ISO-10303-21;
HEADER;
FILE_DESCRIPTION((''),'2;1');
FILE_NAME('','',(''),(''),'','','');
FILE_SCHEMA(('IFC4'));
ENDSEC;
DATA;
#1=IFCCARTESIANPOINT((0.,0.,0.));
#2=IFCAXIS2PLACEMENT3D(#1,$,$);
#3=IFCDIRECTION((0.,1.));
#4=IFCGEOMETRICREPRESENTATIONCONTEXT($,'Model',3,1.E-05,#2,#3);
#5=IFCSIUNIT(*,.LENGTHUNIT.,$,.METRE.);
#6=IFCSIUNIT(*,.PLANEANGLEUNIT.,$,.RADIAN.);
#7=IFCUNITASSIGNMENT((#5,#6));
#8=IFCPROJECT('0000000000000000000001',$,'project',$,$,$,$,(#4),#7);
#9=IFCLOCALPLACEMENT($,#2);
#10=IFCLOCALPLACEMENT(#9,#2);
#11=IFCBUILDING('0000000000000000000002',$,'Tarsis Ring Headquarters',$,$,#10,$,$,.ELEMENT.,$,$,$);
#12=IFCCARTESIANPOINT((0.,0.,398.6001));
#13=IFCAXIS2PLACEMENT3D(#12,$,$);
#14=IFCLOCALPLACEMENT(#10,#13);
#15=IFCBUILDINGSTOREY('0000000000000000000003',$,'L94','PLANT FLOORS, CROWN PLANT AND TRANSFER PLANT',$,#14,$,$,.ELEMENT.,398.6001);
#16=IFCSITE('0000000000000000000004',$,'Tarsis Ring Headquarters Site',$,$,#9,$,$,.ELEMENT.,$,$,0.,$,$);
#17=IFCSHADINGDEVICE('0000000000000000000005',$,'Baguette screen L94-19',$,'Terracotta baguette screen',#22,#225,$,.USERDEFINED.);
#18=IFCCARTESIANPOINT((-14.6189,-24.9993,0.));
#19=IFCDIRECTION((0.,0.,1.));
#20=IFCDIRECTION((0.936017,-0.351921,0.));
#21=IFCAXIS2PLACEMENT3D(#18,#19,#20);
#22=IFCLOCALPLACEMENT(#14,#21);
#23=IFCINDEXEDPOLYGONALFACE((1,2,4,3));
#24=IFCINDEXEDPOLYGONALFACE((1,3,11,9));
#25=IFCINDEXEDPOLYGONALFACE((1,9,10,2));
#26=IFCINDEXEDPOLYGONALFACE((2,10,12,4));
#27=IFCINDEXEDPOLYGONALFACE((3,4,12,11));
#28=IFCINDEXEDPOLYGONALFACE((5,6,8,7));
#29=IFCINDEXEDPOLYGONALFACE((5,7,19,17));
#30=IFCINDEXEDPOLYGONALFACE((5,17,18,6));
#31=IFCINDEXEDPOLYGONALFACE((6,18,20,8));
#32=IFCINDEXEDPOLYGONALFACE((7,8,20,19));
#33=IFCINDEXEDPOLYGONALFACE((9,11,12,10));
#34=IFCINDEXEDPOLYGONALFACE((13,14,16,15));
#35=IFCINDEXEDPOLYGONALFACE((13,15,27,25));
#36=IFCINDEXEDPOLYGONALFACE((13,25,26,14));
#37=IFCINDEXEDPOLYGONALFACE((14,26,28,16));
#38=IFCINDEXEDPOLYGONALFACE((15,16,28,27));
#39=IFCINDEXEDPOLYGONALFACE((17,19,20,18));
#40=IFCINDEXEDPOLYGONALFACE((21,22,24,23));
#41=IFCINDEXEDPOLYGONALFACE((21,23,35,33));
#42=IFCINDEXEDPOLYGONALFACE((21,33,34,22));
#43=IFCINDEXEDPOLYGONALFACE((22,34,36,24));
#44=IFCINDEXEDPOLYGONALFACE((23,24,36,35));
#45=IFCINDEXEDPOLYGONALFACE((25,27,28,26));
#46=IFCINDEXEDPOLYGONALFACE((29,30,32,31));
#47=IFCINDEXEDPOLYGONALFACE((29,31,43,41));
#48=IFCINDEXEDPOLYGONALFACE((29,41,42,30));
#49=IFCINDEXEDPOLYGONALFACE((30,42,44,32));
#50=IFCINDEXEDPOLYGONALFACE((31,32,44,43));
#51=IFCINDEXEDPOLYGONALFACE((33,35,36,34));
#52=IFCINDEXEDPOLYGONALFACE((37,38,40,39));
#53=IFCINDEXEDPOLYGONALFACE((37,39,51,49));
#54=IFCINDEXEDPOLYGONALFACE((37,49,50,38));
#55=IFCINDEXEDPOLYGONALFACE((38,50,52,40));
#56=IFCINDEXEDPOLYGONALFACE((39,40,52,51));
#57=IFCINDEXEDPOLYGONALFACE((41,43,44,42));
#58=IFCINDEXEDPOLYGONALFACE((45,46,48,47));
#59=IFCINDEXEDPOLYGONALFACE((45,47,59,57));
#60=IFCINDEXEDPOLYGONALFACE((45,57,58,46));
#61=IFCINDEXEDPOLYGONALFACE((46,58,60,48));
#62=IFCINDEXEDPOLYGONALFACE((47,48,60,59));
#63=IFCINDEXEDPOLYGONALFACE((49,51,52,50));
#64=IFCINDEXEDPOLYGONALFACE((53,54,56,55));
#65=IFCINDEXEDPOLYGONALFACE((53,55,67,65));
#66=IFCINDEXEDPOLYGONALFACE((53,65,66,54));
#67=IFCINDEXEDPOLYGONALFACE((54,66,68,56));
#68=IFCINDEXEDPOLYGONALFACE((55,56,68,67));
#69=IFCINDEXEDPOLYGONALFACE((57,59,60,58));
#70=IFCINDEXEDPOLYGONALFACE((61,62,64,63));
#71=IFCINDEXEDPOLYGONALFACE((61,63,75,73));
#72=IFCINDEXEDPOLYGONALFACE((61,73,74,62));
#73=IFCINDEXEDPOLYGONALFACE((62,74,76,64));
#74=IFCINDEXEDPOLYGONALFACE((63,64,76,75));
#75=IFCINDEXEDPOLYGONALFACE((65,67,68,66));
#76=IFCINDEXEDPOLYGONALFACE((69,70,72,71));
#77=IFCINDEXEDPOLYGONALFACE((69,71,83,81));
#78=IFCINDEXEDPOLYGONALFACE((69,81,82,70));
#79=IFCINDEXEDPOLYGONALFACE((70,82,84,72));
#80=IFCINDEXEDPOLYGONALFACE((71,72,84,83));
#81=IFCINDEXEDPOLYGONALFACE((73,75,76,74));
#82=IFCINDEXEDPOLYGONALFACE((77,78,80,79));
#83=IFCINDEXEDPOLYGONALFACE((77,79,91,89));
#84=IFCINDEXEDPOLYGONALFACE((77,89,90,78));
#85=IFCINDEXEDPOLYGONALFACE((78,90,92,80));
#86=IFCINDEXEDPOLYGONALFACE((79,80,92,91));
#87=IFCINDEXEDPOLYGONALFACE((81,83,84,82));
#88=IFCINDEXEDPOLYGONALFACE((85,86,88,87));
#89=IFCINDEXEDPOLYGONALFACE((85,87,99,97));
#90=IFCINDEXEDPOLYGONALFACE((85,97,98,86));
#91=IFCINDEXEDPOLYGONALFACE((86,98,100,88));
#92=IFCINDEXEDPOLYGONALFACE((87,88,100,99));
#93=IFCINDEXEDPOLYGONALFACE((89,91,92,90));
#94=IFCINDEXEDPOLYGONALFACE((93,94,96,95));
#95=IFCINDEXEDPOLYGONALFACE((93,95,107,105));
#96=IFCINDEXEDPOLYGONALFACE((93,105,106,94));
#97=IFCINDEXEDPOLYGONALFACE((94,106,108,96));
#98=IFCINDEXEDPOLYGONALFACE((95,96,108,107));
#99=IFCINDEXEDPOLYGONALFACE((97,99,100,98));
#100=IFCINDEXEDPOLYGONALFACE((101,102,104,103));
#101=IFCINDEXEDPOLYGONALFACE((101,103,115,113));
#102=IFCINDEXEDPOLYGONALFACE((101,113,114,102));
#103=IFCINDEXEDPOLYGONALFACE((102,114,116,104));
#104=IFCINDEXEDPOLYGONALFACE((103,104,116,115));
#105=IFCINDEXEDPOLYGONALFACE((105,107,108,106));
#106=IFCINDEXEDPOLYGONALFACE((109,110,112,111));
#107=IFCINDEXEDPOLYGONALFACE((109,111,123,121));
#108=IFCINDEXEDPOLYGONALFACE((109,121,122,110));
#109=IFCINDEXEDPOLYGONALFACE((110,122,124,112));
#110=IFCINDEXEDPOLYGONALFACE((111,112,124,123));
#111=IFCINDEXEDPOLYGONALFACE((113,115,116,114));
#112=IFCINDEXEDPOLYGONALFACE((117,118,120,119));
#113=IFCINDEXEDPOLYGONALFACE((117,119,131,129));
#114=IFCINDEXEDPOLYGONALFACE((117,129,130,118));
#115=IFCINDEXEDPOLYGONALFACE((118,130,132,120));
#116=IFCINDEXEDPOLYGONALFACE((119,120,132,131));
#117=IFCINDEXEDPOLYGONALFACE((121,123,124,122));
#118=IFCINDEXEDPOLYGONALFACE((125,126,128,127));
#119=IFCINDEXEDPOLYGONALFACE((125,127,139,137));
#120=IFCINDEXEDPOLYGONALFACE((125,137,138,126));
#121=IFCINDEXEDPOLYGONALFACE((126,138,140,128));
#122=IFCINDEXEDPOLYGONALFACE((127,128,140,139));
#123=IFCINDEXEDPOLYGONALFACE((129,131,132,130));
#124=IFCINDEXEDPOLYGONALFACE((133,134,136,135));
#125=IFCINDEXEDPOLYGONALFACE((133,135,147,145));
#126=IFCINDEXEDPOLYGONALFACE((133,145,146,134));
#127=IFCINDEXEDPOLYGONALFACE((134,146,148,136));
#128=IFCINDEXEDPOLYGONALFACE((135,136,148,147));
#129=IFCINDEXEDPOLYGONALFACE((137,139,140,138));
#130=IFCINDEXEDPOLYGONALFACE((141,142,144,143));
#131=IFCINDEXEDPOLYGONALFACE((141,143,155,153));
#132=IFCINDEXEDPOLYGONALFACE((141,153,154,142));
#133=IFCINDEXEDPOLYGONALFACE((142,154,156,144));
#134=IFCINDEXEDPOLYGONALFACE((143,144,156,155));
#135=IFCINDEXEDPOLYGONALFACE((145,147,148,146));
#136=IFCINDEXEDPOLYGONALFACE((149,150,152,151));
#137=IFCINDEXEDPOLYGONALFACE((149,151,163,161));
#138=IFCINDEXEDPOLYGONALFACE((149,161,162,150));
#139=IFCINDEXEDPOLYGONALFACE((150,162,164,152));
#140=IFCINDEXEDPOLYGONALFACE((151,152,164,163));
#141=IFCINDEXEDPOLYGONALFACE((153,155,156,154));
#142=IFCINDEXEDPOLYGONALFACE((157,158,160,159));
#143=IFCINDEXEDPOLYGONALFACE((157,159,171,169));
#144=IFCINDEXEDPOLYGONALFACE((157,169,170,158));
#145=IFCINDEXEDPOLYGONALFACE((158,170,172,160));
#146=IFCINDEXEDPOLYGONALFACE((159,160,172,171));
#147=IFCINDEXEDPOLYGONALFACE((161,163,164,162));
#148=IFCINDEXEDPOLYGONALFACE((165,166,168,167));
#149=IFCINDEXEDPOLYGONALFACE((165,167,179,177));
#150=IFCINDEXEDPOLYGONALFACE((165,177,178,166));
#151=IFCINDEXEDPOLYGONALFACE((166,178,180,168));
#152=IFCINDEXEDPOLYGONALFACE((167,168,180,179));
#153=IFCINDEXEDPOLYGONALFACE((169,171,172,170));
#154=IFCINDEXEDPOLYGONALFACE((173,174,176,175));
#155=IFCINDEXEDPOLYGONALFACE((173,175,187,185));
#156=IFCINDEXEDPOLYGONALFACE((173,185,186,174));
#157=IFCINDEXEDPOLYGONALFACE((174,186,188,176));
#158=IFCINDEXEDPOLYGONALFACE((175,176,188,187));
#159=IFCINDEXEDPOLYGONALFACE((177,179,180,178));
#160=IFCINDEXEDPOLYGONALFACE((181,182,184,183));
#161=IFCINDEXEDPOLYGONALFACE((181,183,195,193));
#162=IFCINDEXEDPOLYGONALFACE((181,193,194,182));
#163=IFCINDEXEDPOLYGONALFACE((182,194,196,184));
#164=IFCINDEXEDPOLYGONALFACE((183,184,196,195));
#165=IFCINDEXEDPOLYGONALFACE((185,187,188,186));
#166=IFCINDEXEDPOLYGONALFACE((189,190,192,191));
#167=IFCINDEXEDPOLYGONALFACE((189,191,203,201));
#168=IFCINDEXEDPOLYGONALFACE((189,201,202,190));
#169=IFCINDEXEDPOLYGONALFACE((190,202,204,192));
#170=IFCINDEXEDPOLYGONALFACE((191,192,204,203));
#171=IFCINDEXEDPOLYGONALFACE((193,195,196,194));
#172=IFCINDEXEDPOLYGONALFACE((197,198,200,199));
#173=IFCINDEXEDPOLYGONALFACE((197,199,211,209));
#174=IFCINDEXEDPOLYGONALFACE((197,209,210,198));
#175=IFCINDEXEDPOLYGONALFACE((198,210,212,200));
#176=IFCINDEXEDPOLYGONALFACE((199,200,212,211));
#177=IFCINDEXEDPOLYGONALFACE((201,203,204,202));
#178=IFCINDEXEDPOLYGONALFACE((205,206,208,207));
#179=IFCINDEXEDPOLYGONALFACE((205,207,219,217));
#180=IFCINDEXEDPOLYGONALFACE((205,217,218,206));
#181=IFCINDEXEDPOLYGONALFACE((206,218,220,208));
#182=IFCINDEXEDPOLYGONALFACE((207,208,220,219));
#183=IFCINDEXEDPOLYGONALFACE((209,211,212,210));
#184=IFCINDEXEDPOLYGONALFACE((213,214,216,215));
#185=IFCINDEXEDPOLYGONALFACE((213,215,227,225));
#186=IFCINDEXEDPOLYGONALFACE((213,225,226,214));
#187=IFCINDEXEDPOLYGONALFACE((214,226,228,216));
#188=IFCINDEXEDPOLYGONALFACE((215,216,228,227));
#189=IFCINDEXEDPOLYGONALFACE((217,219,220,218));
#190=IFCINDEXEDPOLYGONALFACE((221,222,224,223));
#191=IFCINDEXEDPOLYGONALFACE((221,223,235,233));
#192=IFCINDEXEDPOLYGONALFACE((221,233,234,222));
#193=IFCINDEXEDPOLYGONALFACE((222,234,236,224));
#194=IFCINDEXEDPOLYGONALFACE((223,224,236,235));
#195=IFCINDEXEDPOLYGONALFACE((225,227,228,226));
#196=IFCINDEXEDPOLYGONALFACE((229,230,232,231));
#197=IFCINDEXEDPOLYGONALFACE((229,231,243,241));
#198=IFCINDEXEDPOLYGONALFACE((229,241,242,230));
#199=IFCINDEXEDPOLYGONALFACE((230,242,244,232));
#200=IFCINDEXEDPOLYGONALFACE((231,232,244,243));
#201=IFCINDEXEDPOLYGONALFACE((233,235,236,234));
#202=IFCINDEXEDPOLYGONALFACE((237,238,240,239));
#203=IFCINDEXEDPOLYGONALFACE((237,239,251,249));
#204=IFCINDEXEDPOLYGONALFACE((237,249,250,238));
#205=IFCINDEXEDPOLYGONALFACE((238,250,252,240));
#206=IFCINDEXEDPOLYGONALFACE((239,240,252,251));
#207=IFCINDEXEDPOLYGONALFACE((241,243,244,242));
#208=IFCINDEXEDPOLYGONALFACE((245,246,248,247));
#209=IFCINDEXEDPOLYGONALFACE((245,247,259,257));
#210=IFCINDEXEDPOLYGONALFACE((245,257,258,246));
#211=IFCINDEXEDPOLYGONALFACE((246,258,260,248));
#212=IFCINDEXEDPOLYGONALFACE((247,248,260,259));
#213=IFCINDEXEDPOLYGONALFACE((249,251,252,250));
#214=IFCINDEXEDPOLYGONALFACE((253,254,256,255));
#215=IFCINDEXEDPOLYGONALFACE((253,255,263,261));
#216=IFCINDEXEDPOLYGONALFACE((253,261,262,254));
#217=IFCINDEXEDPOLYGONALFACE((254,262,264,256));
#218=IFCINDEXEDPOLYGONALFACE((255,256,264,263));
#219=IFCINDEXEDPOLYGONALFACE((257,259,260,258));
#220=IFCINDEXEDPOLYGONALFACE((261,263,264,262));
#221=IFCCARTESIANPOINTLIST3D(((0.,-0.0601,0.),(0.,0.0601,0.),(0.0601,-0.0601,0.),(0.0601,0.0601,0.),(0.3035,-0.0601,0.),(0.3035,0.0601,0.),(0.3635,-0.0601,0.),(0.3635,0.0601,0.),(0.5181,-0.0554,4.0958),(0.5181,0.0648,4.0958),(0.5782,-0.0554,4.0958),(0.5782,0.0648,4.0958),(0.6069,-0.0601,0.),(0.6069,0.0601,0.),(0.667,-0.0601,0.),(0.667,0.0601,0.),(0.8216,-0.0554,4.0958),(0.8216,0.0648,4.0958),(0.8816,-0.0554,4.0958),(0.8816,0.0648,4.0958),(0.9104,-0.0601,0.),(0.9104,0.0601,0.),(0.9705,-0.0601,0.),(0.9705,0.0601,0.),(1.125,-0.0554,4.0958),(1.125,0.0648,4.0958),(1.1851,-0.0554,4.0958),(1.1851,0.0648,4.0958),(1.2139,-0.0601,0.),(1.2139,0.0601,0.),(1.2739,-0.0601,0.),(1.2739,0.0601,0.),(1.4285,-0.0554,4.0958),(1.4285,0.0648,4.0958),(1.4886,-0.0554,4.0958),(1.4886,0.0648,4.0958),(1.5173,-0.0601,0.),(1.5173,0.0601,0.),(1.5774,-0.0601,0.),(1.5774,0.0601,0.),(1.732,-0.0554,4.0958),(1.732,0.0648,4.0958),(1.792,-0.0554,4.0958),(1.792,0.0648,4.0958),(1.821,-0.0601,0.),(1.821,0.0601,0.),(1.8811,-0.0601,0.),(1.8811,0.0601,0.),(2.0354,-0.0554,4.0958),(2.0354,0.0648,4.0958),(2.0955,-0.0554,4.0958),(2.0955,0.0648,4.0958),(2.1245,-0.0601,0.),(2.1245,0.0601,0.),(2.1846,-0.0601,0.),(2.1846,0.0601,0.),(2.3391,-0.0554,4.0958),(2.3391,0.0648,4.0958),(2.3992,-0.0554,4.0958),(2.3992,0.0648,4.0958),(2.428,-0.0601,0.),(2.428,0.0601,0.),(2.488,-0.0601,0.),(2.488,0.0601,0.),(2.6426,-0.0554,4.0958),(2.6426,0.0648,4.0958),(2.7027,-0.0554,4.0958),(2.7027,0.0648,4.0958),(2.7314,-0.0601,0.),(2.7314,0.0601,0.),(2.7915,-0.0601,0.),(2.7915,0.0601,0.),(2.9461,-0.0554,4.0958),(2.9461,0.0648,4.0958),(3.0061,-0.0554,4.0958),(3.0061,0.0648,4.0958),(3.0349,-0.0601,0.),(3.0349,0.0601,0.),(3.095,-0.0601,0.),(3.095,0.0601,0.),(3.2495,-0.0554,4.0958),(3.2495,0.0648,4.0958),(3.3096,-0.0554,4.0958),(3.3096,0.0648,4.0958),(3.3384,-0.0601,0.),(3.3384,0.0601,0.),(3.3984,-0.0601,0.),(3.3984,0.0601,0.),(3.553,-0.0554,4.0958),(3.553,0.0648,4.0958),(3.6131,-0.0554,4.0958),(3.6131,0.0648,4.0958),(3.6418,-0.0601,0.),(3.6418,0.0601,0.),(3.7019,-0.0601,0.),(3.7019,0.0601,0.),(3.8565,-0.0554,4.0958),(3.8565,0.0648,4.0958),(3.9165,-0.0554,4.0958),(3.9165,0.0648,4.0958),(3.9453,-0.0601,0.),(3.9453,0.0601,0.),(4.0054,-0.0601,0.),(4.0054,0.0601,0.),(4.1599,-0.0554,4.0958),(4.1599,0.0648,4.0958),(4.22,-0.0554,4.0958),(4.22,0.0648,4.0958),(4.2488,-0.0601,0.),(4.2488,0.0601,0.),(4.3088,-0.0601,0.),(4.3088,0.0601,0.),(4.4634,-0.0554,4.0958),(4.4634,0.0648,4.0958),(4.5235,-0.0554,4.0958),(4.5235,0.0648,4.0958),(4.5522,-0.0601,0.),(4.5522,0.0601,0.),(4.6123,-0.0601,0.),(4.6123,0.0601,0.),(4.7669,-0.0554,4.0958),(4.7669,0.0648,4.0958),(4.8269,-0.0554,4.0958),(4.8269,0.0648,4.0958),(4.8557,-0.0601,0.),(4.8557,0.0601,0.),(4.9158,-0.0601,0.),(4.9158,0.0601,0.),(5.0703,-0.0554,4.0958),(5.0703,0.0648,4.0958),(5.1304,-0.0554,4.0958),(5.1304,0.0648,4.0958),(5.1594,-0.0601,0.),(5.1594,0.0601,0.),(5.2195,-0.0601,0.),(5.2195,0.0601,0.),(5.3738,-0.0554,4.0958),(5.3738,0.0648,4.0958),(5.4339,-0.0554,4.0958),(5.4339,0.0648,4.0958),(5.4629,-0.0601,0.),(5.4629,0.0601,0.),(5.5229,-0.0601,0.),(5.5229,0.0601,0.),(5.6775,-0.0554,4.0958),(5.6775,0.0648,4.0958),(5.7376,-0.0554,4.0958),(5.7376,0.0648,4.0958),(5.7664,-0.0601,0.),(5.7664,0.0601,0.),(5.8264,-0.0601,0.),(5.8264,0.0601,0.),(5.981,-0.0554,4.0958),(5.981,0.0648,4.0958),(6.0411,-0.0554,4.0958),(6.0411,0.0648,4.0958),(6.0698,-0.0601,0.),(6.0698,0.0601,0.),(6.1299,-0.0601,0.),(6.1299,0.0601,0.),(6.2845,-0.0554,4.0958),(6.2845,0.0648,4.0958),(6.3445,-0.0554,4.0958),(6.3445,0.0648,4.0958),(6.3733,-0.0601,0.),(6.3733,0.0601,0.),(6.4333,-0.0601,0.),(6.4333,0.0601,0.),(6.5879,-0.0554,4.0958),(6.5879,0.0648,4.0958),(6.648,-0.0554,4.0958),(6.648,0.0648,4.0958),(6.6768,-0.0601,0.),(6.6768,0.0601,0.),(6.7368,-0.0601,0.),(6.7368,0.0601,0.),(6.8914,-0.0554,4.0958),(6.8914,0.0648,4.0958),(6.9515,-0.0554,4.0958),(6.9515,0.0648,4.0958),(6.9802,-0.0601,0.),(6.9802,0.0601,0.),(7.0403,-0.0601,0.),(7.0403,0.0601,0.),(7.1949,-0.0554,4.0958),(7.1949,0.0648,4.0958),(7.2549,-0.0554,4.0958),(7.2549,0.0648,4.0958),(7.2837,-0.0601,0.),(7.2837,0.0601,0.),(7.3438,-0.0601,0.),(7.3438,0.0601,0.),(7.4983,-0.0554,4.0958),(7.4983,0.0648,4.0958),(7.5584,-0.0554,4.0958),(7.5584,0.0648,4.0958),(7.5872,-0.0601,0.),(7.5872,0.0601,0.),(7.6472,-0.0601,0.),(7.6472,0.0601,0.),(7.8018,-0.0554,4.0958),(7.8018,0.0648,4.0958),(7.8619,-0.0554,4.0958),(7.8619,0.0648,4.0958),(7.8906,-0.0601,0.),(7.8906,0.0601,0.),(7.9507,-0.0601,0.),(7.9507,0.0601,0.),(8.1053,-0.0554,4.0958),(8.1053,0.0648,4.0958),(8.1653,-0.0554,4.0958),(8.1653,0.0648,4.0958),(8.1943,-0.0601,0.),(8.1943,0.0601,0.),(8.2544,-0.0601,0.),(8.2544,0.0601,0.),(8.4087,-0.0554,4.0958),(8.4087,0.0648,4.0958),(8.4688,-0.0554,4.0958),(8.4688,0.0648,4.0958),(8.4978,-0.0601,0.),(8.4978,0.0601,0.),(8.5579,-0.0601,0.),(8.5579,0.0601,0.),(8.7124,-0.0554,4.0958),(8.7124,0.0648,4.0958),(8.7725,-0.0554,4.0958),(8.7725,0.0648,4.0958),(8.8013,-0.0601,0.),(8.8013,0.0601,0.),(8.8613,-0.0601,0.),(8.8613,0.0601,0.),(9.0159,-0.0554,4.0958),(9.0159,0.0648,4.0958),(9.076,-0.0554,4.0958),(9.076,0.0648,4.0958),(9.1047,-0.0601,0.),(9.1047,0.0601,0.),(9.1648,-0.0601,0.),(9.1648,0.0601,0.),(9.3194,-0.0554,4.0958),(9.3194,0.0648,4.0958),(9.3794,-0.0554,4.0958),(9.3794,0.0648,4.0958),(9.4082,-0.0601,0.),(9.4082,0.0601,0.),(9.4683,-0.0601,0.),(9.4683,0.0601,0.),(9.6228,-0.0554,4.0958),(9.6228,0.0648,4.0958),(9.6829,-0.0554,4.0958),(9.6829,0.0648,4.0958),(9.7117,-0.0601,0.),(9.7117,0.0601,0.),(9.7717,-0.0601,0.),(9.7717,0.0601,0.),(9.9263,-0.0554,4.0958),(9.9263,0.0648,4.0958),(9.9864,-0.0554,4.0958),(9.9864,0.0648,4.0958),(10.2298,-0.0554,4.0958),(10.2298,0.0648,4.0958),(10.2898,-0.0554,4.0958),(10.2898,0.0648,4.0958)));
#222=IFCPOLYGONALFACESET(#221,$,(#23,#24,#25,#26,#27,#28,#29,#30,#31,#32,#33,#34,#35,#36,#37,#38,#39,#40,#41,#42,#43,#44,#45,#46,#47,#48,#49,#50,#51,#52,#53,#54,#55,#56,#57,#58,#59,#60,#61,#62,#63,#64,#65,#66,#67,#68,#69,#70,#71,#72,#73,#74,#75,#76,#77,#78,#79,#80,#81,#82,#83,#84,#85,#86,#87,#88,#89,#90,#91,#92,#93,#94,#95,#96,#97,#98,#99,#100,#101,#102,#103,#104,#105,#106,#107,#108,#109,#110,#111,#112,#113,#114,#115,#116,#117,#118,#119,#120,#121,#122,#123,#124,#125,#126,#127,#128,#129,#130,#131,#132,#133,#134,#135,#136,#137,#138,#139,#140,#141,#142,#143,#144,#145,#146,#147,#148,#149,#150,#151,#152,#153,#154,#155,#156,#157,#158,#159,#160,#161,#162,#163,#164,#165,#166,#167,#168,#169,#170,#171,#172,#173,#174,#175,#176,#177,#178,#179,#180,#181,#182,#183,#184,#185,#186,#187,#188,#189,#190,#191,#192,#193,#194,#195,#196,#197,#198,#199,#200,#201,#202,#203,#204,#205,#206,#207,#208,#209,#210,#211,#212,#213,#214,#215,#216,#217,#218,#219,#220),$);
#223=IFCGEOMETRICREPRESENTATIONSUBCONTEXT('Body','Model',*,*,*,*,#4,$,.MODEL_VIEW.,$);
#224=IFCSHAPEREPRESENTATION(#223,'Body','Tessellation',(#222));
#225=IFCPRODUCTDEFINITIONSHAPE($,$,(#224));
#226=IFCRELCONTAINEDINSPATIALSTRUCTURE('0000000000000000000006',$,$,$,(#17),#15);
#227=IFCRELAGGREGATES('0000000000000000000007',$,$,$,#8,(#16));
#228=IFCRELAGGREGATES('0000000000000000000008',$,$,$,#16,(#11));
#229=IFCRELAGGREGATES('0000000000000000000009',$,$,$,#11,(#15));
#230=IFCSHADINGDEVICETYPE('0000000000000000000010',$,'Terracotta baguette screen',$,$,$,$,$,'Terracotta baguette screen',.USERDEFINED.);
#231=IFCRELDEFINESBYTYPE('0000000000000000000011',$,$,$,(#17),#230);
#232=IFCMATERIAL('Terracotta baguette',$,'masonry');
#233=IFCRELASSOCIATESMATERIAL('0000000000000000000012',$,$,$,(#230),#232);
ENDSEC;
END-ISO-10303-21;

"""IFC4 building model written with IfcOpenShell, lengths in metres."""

from ifc_helpers import new_model, si_unit, direction, frame, frame_2d, origin, place, context, subcontext, project, spatial, rectangle, composite_profile, extrude, material, type_object, element, save


model = new_model("IFC4")

# Units and contexts
model_context = context("Model", 3, precision=1e-05, world=origin(), true_north=direction((0.0, 1.0)))
body_context = subcontext(model_context, "Body", "Model", "MODEL_VIEW")
ifc_project = project(units=[si_unit("LENGTHUNIT", "METRE"), si_unit("PLANEANGLEUNIT", "RADIAN")], contexts=[model_context])

# Site, building, storey
site_placement = place(None, origin())
site = spatial("IfcSite", under=ifc_project, at=site_placement, Name="Tarsis Ring Headquarters Site", CompositionType="ELEMENT", RefElevation=0.0)
building_placement = place(site_placement, origin())
building = spatial("IfcBuilding", under=site, at=building_placement, Name="Tarsis Ring Headquarters", CompositionType="ELEMENT")
storey_placement = place(building_placement, frame((0.0, 0.0, 398.6001)))
storey = spatial("IfcBuildingStorey", under=building, at=storey_placement, Name="L94", Description="PLANT FLOORS, CROWN PLANT AND TRANSFER PLANT", CompositionType="ELEMENT", Elevation=398.6001)

# Shading device
ifc_material_1 = material(Name="Terracotta baguette", Category="masonry")
shading_device_type_1 = type_object("IfcShadingDeviceType", Name="Terracotta baguette screen", ElementType="Terracotta baguette screen", PredefinedType="USERDEFINED", material=ifc_material_1)
shading_device_1_placement = place(storey_placement, frame((-14.6189, -24.9993, 0.0), z_axis=(0.0, 0.0, 1.0), x_axis=(0.936017, -0.351921, 0.0)))
element("IfcShadingDevice", 1, at=shading_device_1_placement, inside=storey, type_object=shading_device_type_1, Name="Baguette screen L94-19", ObjectType="Terracotta baguette screen", PredefinedType="USERDEFINED", context=body_context, shape_type="SweptSolid", body=[
    extrude(composite_profile([rectangle(XDim=0.0601, YDim=0.1201, at=frame_2d((0.03, 0.0))), rectangle(XDim=0.0601, YDim=0.1201, at=frame_2d((0.3335, 0.0))), rectangle(XDim=0.0601, YDim=0.1201, at=frame_2d((0.637, 0.0))), rectangle(XDim=0.0601, YDim=0.1201, at=frame_2d((0.9404, 0.0))), rectangle(XDim=0.0601, YDim=0.1201, at=frame_2d((1.2439, 0.0))), rectangle(XDim=0.0601, YDim=0.1201, at=frame_2d((1.5474, 0.0))), rectangle(XDim=0.0601, YDim=0.1201, at=frame_2d((1.8511, 0.0))), rectangle(XDim=0.0601, YDim=0.1201, at=frame_2d((2.1545, 0.0))), rectangle(XDim=0.0601, YDim=0.1201, at=frame_2d((2.458, 0.0))), rectangle(XDim=0.0601, YDim=0.1201, at=frame_2d((2.7615, 0.0))), rectangle(XDim=0.0601, YDim=0.1201, at=frame_2d((3.0649, 0.0))), rectangle(XDim=0.0601, YDim=0.1201, at=frame_2d((3.3684, 0.0))), rectangle(XDim=0.0601, YDim=0.1201, at=frame_2d((3.6719, 0.0))), rectangle(XDim=0.0601, YDim=0.1201, at=frame_2d((3.9753, 0.0))), rectangle(XDim=0.0601, YDim=0.1201, at=frame_2d((4.2788, 0.0))), rectangle(XDim=0.0601, YDim=0.1201, at=frame_2d((4.5823, 0.0))), rectangle(XDim=0.0601, YDim=0.1201, at=frame_2d((4.8857, 0.0))), rectangle(XDim=0.0601, YDim=0.1201, at=frame_2d((5.1895, 0.0))), rectangle(XDim=0.0601, YDim=0.1201, at=frame_2d((5.4929, 0.0))), rectangle(XDim=0.0601, YDim=0.1201, at=frame_2d((5.7964, 0.0))), rectangle(XDim=0.0601, YDim=0.1201, at=frame_2d((6.0999, 0.0))), rectangle(XDim=0.0601, YDim=0.1201, at=frame_2d((6.4033, 0.0))), rectangle(XDim=0.0601, YDim=0.1201, at=frame_2d((6.7068, 0.0))), rectangle(XDim=0.0601, YDim=0.1201, at=frame_2d((7.0103, 0.0))), rectangle(XDim=0.0601, YDim=0.1201, at=frame_2d((7.3137, 0.0))), rectangle(XDim=0.0601, YDim=0.1201, at=frame_2d((7.6172, 0.0))), rectangle(XDim=0.0601, YDim=0.1201, at=frame_2d((7.9207, 0.0))), rectangle(XDim=0.0601, YDim=0.1201, at=frame_2d((8.2244, 0.0))), rectangle(XDim=0.0601, YDim=0.1201, at=frame_2d((8.5278, 0.0))), rectangle(XDim=0.0601, YDim=0.1201, at=frame_2d((8.8313, 0.0))), rectangle(XDim=0.0601, YDim=0.1201, at=frame_2d((9.1348, 0.0))), rectangle(XDim=0.0601, YDim=0.1201, at=frame_2d((9.4382, 0.0))), rectangle(XDim=0.0601, YDim=0.1201, at=frame_2d((9.7417, 0.0)))]), origin(), (0.125497, 0.001139, 0.992093), 4.1284),
])

save(model, "model.ifc")
